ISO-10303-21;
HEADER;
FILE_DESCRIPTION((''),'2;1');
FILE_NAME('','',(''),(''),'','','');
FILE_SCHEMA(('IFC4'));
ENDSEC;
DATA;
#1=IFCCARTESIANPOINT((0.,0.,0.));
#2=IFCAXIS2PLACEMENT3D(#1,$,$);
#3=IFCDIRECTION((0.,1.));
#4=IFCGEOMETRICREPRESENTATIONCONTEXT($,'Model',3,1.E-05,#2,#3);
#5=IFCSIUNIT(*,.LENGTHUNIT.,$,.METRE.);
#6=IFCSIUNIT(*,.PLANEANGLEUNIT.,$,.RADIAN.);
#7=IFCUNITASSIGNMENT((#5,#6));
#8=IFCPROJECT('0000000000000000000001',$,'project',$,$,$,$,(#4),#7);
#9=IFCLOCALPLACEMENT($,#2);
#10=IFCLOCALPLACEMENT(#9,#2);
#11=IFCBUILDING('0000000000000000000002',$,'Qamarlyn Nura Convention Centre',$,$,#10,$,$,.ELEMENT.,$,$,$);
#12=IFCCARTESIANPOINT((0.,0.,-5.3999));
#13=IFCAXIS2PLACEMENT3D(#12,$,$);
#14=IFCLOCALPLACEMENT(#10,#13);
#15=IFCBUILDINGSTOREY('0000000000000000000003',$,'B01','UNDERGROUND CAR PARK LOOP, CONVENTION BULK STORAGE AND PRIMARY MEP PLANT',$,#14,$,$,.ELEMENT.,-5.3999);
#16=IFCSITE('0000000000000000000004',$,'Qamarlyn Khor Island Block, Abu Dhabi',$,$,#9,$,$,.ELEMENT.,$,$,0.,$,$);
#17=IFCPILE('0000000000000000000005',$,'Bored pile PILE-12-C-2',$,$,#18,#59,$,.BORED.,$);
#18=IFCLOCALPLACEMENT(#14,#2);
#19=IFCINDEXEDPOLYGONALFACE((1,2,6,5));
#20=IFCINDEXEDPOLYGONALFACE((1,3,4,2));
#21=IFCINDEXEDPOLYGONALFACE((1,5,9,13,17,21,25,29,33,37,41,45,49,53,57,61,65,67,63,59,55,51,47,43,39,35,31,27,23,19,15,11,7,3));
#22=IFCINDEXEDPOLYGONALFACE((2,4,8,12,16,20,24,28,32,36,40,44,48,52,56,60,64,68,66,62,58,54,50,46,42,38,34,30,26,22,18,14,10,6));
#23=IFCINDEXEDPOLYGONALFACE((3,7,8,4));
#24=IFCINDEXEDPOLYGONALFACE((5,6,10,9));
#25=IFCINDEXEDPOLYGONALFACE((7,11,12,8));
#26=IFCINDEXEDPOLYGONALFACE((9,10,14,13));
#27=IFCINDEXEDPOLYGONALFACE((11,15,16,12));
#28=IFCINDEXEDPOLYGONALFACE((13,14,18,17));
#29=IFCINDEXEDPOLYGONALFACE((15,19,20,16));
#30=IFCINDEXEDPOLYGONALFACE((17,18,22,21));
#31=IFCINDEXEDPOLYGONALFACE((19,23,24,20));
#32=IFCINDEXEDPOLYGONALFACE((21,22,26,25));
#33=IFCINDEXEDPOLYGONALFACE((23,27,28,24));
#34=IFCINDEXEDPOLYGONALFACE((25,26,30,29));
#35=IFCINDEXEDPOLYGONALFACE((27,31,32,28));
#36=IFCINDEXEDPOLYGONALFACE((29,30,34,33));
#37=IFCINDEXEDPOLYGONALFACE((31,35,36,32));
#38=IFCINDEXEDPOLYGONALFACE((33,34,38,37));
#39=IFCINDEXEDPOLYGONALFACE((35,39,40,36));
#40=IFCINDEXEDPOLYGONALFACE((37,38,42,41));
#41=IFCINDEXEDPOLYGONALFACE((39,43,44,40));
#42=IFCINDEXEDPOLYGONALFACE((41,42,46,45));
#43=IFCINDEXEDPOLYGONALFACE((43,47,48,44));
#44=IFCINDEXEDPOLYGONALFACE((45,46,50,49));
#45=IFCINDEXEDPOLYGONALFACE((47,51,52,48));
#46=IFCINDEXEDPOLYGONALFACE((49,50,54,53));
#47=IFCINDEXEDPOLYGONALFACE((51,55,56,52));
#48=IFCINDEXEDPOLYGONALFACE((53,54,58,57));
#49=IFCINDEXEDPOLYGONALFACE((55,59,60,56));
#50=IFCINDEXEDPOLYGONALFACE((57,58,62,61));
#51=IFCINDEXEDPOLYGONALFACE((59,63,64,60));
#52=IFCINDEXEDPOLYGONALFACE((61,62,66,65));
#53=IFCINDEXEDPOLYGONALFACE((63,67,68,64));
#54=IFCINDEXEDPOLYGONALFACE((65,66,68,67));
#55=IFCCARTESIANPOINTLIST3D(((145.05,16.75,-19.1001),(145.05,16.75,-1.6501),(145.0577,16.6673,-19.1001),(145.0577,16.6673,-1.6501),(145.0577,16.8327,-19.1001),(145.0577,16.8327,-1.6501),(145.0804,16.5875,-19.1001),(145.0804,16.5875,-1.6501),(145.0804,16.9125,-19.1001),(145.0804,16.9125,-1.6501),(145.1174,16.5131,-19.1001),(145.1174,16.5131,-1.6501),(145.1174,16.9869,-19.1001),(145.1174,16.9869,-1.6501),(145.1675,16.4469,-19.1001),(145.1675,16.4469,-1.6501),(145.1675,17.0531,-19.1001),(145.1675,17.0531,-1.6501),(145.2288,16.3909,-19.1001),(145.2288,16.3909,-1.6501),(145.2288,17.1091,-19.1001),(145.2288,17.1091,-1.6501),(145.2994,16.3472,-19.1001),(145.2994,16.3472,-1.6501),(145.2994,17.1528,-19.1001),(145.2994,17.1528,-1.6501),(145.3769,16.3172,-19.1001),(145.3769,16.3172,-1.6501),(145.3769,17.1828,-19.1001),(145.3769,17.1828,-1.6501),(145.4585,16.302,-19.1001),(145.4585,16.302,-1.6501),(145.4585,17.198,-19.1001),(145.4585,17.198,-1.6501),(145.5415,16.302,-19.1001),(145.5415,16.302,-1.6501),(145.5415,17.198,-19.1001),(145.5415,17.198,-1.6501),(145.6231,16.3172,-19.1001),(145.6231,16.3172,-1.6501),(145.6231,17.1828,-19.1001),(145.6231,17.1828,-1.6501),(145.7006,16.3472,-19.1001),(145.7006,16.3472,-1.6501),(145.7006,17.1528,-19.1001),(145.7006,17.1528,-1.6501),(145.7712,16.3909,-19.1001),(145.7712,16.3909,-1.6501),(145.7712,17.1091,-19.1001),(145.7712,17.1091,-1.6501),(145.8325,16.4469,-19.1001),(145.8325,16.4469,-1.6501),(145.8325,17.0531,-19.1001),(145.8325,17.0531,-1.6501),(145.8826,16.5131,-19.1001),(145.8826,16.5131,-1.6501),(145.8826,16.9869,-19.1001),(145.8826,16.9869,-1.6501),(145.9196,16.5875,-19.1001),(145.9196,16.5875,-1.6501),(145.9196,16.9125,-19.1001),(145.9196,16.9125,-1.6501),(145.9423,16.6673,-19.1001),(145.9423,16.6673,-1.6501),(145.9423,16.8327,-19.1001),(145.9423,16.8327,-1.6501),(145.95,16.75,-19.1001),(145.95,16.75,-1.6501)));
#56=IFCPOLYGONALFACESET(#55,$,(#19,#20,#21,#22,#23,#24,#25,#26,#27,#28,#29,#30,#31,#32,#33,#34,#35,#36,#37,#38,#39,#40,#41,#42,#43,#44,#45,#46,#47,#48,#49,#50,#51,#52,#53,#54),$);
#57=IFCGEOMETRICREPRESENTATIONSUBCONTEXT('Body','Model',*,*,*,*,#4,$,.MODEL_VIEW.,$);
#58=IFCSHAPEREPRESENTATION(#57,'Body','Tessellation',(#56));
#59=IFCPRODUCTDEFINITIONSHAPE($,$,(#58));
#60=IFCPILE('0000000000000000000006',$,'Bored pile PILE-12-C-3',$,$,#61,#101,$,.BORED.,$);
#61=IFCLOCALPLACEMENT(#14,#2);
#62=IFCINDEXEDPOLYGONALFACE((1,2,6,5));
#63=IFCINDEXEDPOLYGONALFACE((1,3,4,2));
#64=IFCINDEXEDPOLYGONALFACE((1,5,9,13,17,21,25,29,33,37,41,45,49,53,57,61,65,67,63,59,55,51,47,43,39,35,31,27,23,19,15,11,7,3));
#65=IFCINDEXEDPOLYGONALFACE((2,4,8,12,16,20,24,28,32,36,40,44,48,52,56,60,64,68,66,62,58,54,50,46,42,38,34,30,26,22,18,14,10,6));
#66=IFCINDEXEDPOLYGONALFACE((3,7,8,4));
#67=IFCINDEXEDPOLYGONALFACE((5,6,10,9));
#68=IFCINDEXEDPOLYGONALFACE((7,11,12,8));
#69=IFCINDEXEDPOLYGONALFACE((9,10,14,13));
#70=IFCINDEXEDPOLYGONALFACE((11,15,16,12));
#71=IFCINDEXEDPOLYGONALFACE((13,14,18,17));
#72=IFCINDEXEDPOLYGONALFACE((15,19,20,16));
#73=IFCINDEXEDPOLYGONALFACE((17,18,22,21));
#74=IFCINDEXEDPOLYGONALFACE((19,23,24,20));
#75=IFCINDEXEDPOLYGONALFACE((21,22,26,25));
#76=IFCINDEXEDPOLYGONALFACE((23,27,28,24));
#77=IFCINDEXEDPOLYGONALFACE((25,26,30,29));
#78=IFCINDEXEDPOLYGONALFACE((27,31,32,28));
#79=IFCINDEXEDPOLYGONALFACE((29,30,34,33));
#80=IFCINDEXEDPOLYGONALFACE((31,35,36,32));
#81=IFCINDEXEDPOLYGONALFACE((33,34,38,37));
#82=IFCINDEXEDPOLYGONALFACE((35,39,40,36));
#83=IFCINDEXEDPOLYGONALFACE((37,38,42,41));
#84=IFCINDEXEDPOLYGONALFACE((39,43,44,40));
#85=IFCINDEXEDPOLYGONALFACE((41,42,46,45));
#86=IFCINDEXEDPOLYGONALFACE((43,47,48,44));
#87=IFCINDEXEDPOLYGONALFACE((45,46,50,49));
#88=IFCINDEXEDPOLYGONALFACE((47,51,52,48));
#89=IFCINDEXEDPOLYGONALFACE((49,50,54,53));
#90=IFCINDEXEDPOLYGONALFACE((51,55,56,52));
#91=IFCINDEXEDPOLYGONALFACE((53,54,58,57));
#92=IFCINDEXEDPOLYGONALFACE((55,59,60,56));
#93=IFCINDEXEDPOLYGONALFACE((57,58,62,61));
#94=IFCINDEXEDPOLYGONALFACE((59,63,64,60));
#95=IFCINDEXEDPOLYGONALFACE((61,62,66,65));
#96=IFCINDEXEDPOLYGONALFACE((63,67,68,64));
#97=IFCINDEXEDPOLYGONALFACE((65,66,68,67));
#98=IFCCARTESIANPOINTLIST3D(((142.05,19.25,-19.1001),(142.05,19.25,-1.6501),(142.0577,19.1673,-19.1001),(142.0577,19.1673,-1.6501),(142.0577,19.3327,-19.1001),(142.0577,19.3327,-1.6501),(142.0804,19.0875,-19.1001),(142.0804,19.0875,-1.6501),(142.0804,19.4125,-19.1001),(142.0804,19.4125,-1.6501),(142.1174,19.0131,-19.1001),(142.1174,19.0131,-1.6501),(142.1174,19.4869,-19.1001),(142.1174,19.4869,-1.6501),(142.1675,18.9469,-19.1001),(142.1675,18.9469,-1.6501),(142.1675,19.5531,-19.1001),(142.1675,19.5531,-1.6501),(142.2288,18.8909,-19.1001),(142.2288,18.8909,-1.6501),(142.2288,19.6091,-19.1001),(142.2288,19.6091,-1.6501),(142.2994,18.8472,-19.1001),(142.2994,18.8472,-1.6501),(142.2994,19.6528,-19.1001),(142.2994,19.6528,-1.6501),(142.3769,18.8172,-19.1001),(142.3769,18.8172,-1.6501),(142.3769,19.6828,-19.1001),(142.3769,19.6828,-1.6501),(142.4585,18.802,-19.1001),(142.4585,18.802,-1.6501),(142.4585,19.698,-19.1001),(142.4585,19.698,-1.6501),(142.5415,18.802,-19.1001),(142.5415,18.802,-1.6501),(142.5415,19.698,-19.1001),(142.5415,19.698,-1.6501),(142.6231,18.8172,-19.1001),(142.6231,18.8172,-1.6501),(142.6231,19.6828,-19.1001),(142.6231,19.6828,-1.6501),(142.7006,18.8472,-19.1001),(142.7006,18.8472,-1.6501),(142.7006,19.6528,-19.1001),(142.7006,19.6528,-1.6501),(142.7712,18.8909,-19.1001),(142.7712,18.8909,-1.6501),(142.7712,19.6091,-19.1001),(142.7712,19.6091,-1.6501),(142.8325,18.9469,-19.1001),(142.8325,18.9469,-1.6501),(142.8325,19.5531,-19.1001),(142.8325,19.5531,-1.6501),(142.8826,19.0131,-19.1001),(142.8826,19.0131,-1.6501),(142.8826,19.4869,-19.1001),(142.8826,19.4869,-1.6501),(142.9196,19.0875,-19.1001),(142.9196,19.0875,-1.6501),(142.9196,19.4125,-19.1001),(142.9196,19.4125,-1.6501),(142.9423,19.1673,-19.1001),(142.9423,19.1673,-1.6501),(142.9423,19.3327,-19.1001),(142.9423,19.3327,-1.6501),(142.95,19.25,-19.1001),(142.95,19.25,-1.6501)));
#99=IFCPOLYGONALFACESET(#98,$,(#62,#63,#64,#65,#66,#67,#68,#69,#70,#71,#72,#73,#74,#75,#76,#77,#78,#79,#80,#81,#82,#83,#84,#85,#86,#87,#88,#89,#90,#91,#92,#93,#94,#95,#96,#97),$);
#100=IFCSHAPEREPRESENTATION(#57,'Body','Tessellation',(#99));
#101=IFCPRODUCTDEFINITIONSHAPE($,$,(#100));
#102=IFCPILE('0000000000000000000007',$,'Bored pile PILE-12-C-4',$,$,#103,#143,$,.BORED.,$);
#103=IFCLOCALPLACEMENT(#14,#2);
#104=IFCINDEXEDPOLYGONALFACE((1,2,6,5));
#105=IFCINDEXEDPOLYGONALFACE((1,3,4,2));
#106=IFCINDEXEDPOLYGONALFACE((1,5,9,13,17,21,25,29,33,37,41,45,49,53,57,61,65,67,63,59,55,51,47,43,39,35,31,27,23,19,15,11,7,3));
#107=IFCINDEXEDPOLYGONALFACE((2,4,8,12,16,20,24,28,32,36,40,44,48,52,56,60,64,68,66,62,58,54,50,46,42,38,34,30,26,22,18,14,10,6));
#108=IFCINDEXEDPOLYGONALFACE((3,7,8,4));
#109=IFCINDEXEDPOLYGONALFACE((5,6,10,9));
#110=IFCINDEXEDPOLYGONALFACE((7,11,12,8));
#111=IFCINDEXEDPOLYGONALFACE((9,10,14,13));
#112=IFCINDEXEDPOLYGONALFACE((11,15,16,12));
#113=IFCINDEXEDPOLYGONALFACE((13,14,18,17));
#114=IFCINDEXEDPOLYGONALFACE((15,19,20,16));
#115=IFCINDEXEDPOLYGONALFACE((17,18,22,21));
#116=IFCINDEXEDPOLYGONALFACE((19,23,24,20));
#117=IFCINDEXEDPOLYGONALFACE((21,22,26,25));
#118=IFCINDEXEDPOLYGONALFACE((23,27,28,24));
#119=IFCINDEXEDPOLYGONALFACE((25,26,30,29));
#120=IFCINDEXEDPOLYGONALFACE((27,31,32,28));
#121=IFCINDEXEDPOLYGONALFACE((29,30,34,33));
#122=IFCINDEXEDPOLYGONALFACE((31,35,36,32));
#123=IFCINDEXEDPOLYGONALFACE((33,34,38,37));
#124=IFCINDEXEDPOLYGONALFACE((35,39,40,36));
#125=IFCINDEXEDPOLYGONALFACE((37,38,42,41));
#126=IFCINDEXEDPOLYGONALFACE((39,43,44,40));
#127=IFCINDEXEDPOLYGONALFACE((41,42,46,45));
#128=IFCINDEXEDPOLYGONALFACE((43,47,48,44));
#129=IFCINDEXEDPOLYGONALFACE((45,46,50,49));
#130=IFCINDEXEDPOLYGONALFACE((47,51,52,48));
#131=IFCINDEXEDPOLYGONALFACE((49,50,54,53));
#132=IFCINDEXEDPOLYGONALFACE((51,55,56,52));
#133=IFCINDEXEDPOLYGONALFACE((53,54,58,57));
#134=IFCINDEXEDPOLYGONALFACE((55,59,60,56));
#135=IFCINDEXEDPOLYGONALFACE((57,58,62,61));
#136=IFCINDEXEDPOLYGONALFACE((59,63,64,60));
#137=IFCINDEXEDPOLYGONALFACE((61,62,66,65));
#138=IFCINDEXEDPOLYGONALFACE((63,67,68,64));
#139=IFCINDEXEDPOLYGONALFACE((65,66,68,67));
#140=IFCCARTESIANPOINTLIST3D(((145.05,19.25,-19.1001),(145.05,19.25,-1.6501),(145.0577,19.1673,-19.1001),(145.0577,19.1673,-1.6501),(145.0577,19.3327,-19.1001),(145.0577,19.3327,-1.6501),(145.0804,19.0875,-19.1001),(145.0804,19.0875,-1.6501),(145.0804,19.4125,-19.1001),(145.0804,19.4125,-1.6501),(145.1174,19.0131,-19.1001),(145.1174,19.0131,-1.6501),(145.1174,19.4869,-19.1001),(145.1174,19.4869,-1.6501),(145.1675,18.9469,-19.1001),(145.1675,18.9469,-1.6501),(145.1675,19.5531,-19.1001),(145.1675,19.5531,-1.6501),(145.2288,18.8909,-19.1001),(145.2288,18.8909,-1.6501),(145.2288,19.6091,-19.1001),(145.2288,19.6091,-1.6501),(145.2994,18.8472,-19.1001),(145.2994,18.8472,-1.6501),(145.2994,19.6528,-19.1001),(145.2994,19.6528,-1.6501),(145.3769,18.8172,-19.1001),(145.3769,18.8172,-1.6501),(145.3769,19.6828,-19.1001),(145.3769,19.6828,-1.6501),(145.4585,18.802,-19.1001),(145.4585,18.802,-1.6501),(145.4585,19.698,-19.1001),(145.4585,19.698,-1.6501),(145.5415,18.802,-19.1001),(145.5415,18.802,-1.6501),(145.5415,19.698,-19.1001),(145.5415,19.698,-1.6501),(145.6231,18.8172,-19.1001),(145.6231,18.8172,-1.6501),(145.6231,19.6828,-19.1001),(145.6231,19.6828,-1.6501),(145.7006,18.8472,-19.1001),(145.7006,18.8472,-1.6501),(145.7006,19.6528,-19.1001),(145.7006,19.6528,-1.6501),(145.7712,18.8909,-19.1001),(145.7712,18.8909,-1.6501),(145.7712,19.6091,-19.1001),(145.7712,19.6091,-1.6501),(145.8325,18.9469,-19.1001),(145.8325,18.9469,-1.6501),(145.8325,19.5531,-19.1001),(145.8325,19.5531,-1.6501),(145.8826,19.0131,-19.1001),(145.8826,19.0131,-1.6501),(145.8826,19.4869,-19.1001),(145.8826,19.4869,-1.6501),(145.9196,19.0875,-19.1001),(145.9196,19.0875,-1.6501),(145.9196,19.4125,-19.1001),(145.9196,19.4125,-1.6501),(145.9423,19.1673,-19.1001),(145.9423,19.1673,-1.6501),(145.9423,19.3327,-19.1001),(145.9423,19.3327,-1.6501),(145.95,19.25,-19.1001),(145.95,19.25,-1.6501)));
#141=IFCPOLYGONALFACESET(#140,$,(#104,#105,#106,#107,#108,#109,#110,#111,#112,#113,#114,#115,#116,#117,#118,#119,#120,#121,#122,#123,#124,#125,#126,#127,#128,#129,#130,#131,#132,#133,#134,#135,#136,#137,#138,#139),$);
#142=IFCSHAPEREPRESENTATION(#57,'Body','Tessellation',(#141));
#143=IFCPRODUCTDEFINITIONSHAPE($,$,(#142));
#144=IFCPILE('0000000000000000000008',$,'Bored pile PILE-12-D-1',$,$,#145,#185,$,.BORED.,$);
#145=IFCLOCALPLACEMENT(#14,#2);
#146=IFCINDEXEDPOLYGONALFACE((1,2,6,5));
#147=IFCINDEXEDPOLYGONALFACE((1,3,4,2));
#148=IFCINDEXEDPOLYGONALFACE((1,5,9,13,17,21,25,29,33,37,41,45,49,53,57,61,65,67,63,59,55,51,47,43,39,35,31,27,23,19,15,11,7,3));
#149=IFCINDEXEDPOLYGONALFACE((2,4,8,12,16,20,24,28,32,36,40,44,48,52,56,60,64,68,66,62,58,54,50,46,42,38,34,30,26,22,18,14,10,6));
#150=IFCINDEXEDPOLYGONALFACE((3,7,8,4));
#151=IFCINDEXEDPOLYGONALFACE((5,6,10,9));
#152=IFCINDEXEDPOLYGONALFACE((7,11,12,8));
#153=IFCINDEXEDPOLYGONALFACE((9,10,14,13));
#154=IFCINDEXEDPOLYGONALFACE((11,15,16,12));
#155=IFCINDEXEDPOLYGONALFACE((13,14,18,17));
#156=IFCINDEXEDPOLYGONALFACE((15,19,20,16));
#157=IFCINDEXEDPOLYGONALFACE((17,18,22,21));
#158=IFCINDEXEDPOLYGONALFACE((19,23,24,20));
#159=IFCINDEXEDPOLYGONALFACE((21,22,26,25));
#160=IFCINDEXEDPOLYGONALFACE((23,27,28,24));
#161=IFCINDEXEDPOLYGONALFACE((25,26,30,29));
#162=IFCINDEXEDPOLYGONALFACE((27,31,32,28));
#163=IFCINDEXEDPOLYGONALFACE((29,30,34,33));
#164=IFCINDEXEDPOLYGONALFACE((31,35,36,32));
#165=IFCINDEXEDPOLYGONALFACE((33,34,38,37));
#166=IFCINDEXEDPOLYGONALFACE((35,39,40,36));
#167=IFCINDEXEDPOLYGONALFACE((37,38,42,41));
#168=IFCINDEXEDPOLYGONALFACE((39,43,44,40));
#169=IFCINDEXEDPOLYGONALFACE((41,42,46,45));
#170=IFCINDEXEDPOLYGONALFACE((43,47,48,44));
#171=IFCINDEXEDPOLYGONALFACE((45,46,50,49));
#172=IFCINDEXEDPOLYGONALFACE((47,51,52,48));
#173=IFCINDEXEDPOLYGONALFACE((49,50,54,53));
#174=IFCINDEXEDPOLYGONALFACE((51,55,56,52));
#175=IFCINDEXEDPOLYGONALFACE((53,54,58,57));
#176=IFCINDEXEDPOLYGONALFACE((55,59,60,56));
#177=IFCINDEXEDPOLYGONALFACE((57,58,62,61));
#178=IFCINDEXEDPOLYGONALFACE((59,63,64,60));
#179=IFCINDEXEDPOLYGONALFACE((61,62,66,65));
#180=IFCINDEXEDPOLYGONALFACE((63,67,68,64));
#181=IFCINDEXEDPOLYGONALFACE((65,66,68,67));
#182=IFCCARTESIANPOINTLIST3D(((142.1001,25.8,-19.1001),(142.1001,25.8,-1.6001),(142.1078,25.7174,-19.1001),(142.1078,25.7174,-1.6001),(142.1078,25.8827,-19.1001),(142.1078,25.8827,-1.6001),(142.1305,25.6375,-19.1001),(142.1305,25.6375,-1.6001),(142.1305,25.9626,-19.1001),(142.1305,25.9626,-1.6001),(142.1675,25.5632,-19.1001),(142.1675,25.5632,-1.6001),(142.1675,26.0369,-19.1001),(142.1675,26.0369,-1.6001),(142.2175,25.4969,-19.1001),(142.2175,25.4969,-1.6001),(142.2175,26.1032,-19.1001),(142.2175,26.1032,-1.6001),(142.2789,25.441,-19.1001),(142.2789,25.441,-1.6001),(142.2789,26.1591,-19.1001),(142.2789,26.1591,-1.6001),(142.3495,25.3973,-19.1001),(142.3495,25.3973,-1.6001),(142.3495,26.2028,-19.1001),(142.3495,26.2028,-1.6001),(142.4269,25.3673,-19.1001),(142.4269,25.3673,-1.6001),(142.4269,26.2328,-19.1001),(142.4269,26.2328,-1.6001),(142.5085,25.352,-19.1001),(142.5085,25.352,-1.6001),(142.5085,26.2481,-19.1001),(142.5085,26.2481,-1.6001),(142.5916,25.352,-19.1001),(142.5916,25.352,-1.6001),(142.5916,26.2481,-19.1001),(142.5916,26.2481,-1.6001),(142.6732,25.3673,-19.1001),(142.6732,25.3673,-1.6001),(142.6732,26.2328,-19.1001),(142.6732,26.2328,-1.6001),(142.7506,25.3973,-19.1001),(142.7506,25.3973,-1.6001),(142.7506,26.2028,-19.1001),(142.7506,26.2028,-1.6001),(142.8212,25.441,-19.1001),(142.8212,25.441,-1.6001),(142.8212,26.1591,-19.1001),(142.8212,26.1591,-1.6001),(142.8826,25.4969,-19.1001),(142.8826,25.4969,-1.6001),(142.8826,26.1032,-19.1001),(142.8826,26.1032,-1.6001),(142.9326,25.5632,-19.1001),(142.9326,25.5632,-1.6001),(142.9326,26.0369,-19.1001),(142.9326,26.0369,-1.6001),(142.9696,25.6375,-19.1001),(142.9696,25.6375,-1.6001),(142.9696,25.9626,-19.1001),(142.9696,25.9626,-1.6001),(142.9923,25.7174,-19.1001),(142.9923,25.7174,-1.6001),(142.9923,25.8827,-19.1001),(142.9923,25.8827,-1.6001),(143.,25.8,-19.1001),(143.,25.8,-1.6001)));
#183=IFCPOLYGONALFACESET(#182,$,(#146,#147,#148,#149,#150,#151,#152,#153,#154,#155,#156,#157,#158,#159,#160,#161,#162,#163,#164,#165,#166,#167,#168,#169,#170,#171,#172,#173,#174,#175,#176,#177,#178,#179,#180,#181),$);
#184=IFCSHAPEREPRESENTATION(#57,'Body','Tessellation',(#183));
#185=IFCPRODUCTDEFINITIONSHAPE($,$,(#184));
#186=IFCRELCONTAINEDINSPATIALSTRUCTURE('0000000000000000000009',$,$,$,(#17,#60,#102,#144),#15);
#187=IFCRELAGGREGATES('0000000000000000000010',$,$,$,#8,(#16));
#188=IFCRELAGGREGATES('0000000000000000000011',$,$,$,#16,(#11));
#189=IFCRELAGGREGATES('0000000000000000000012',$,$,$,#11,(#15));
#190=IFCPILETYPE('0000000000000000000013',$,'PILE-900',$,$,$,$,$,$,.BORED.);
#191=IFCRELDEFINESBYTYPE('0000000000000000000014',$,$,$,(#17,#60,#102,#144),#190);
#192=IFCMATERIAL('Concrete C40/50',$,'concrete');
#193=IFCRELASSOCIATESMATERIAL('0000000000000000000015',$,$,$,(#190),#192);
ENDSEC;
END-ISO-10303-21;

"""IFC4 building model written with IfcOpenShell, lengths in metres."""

from ifc_helpers import new_model, si_unit, direction, frame, origin, origin_2d, place, context, subcontext, project, spatial, circle, extrude, material, material_profile, profile_set, type_object, element, save


model = new_model("IFC4")

# Units and contexts
model_context = context("Model", 3, precision=1e-05, world=origin(), true_north=direction((0.0, 1.0)))
body_context = subcontext(model_context, "Body", "Model", "MODEL_VIEW")
ifc_project = project(units=[si_unit("LENGTHUNIT", "METRE"), si_unit("PLANEANGLEUNIT", "RADIAN")], contexts=[model_context])

# Site, building, storey
site_placement = place(None, origin())
site = spatial("IfcSite", under=ifc_project, at=site_placement, Name="Qamarlyn Khor Island Block, Abu Dhabi", CompositionType="ELEMENT", RefElevation=0.0)
building_placement = place(site_placement, origin())
building = spatial("IfcBuilding", under=site, at=building_placement, Name="Qamarlyn Nura Convention Centre", CompositionType="ELEMENT")
storey_placement = place(building_placement, frame((0.0, 0.0, -5.3999)))
storey = spatial("IfcBuildingStorey", under=building, at=storey_placement, Name="B01", Description="UNDERGROUND CAR PARK LOOP, CONVENTION BULK STORAGE AND PRIMARY MEP PLANT", CompositionType="ELEMENT", Elevation=-5.3999)

# Shared definitions
ifc_material_1 = material(Name="Concrete C40/50", Category="concrete")

# Piles
ifc_material_profile_1 = material_profile(ifc_material_1, circle(Radius=0.45, at=origin_2d()), Name="BORED PILE 900")
ifc_profile_set_1 = profile_set([ifc_material_profile_1], Name="Concrete C40/50")
pile_type_1 = type_object("IfcPileType", Name="PILE-900", PredefinedType="BORED", material=ifc_profile_set_1)
for number, where, z_axis, x_axis, name in (
    (1, (145.5, 16.75, -1.6501), (0.0, 0.0, -1.0), (1.0, 0.0, 0.0), "Bored pile PILE-12-C-2"),
    (2, (142.5, 19.25, -1.6501), (0.0, 0.0, -1.0), (1.0, 0.0, 0.0), "Bored pile PILE-12-C-3"),
    (3, (145.5, 19.25, -1.6501), (0.0, 0.0, -1.0), (1.0, 0.0, 0.0), "Bored pile PILE-12-C-4"),
):
    element("IfcPile", number, at=place(storey_placement, frame(where, z_axis=z_axis, x_axis=x_axis)), inside=storey, type_object=pile_type_1, Name=name, PredefinedType="BORED", context=body_context, shape_type="SweptSolid", body=[
        extrude(circle(Radius=0.45, at=origin_2d()), origin(), (0.0, 0.0, 1.0), 17.45),
    ])
for number, where, z_axis, x_axis, name in (
    (4, (142.55, 25.8, -1.6001), (0.0, 0.0, -1.0), (1.0, 0.0, 0.0), "Bored pile PILE-12-D-1"),
):
    element("IfcPile", number, at=place(storey_placement, frame(where, z_axis=z_axis, x_axis=x_axis)), inside=storey, type_object=pile_type_1, Name=name, PredefinedType="BORED", context=body_context, shape_type="SweptSolid", body=[
        extrude(circle(Radius=0.45, at=origin_2d()), origin(), (0.0, 0.0, 1.0), 17.5),
    ])

save(model, "model.ifc")
